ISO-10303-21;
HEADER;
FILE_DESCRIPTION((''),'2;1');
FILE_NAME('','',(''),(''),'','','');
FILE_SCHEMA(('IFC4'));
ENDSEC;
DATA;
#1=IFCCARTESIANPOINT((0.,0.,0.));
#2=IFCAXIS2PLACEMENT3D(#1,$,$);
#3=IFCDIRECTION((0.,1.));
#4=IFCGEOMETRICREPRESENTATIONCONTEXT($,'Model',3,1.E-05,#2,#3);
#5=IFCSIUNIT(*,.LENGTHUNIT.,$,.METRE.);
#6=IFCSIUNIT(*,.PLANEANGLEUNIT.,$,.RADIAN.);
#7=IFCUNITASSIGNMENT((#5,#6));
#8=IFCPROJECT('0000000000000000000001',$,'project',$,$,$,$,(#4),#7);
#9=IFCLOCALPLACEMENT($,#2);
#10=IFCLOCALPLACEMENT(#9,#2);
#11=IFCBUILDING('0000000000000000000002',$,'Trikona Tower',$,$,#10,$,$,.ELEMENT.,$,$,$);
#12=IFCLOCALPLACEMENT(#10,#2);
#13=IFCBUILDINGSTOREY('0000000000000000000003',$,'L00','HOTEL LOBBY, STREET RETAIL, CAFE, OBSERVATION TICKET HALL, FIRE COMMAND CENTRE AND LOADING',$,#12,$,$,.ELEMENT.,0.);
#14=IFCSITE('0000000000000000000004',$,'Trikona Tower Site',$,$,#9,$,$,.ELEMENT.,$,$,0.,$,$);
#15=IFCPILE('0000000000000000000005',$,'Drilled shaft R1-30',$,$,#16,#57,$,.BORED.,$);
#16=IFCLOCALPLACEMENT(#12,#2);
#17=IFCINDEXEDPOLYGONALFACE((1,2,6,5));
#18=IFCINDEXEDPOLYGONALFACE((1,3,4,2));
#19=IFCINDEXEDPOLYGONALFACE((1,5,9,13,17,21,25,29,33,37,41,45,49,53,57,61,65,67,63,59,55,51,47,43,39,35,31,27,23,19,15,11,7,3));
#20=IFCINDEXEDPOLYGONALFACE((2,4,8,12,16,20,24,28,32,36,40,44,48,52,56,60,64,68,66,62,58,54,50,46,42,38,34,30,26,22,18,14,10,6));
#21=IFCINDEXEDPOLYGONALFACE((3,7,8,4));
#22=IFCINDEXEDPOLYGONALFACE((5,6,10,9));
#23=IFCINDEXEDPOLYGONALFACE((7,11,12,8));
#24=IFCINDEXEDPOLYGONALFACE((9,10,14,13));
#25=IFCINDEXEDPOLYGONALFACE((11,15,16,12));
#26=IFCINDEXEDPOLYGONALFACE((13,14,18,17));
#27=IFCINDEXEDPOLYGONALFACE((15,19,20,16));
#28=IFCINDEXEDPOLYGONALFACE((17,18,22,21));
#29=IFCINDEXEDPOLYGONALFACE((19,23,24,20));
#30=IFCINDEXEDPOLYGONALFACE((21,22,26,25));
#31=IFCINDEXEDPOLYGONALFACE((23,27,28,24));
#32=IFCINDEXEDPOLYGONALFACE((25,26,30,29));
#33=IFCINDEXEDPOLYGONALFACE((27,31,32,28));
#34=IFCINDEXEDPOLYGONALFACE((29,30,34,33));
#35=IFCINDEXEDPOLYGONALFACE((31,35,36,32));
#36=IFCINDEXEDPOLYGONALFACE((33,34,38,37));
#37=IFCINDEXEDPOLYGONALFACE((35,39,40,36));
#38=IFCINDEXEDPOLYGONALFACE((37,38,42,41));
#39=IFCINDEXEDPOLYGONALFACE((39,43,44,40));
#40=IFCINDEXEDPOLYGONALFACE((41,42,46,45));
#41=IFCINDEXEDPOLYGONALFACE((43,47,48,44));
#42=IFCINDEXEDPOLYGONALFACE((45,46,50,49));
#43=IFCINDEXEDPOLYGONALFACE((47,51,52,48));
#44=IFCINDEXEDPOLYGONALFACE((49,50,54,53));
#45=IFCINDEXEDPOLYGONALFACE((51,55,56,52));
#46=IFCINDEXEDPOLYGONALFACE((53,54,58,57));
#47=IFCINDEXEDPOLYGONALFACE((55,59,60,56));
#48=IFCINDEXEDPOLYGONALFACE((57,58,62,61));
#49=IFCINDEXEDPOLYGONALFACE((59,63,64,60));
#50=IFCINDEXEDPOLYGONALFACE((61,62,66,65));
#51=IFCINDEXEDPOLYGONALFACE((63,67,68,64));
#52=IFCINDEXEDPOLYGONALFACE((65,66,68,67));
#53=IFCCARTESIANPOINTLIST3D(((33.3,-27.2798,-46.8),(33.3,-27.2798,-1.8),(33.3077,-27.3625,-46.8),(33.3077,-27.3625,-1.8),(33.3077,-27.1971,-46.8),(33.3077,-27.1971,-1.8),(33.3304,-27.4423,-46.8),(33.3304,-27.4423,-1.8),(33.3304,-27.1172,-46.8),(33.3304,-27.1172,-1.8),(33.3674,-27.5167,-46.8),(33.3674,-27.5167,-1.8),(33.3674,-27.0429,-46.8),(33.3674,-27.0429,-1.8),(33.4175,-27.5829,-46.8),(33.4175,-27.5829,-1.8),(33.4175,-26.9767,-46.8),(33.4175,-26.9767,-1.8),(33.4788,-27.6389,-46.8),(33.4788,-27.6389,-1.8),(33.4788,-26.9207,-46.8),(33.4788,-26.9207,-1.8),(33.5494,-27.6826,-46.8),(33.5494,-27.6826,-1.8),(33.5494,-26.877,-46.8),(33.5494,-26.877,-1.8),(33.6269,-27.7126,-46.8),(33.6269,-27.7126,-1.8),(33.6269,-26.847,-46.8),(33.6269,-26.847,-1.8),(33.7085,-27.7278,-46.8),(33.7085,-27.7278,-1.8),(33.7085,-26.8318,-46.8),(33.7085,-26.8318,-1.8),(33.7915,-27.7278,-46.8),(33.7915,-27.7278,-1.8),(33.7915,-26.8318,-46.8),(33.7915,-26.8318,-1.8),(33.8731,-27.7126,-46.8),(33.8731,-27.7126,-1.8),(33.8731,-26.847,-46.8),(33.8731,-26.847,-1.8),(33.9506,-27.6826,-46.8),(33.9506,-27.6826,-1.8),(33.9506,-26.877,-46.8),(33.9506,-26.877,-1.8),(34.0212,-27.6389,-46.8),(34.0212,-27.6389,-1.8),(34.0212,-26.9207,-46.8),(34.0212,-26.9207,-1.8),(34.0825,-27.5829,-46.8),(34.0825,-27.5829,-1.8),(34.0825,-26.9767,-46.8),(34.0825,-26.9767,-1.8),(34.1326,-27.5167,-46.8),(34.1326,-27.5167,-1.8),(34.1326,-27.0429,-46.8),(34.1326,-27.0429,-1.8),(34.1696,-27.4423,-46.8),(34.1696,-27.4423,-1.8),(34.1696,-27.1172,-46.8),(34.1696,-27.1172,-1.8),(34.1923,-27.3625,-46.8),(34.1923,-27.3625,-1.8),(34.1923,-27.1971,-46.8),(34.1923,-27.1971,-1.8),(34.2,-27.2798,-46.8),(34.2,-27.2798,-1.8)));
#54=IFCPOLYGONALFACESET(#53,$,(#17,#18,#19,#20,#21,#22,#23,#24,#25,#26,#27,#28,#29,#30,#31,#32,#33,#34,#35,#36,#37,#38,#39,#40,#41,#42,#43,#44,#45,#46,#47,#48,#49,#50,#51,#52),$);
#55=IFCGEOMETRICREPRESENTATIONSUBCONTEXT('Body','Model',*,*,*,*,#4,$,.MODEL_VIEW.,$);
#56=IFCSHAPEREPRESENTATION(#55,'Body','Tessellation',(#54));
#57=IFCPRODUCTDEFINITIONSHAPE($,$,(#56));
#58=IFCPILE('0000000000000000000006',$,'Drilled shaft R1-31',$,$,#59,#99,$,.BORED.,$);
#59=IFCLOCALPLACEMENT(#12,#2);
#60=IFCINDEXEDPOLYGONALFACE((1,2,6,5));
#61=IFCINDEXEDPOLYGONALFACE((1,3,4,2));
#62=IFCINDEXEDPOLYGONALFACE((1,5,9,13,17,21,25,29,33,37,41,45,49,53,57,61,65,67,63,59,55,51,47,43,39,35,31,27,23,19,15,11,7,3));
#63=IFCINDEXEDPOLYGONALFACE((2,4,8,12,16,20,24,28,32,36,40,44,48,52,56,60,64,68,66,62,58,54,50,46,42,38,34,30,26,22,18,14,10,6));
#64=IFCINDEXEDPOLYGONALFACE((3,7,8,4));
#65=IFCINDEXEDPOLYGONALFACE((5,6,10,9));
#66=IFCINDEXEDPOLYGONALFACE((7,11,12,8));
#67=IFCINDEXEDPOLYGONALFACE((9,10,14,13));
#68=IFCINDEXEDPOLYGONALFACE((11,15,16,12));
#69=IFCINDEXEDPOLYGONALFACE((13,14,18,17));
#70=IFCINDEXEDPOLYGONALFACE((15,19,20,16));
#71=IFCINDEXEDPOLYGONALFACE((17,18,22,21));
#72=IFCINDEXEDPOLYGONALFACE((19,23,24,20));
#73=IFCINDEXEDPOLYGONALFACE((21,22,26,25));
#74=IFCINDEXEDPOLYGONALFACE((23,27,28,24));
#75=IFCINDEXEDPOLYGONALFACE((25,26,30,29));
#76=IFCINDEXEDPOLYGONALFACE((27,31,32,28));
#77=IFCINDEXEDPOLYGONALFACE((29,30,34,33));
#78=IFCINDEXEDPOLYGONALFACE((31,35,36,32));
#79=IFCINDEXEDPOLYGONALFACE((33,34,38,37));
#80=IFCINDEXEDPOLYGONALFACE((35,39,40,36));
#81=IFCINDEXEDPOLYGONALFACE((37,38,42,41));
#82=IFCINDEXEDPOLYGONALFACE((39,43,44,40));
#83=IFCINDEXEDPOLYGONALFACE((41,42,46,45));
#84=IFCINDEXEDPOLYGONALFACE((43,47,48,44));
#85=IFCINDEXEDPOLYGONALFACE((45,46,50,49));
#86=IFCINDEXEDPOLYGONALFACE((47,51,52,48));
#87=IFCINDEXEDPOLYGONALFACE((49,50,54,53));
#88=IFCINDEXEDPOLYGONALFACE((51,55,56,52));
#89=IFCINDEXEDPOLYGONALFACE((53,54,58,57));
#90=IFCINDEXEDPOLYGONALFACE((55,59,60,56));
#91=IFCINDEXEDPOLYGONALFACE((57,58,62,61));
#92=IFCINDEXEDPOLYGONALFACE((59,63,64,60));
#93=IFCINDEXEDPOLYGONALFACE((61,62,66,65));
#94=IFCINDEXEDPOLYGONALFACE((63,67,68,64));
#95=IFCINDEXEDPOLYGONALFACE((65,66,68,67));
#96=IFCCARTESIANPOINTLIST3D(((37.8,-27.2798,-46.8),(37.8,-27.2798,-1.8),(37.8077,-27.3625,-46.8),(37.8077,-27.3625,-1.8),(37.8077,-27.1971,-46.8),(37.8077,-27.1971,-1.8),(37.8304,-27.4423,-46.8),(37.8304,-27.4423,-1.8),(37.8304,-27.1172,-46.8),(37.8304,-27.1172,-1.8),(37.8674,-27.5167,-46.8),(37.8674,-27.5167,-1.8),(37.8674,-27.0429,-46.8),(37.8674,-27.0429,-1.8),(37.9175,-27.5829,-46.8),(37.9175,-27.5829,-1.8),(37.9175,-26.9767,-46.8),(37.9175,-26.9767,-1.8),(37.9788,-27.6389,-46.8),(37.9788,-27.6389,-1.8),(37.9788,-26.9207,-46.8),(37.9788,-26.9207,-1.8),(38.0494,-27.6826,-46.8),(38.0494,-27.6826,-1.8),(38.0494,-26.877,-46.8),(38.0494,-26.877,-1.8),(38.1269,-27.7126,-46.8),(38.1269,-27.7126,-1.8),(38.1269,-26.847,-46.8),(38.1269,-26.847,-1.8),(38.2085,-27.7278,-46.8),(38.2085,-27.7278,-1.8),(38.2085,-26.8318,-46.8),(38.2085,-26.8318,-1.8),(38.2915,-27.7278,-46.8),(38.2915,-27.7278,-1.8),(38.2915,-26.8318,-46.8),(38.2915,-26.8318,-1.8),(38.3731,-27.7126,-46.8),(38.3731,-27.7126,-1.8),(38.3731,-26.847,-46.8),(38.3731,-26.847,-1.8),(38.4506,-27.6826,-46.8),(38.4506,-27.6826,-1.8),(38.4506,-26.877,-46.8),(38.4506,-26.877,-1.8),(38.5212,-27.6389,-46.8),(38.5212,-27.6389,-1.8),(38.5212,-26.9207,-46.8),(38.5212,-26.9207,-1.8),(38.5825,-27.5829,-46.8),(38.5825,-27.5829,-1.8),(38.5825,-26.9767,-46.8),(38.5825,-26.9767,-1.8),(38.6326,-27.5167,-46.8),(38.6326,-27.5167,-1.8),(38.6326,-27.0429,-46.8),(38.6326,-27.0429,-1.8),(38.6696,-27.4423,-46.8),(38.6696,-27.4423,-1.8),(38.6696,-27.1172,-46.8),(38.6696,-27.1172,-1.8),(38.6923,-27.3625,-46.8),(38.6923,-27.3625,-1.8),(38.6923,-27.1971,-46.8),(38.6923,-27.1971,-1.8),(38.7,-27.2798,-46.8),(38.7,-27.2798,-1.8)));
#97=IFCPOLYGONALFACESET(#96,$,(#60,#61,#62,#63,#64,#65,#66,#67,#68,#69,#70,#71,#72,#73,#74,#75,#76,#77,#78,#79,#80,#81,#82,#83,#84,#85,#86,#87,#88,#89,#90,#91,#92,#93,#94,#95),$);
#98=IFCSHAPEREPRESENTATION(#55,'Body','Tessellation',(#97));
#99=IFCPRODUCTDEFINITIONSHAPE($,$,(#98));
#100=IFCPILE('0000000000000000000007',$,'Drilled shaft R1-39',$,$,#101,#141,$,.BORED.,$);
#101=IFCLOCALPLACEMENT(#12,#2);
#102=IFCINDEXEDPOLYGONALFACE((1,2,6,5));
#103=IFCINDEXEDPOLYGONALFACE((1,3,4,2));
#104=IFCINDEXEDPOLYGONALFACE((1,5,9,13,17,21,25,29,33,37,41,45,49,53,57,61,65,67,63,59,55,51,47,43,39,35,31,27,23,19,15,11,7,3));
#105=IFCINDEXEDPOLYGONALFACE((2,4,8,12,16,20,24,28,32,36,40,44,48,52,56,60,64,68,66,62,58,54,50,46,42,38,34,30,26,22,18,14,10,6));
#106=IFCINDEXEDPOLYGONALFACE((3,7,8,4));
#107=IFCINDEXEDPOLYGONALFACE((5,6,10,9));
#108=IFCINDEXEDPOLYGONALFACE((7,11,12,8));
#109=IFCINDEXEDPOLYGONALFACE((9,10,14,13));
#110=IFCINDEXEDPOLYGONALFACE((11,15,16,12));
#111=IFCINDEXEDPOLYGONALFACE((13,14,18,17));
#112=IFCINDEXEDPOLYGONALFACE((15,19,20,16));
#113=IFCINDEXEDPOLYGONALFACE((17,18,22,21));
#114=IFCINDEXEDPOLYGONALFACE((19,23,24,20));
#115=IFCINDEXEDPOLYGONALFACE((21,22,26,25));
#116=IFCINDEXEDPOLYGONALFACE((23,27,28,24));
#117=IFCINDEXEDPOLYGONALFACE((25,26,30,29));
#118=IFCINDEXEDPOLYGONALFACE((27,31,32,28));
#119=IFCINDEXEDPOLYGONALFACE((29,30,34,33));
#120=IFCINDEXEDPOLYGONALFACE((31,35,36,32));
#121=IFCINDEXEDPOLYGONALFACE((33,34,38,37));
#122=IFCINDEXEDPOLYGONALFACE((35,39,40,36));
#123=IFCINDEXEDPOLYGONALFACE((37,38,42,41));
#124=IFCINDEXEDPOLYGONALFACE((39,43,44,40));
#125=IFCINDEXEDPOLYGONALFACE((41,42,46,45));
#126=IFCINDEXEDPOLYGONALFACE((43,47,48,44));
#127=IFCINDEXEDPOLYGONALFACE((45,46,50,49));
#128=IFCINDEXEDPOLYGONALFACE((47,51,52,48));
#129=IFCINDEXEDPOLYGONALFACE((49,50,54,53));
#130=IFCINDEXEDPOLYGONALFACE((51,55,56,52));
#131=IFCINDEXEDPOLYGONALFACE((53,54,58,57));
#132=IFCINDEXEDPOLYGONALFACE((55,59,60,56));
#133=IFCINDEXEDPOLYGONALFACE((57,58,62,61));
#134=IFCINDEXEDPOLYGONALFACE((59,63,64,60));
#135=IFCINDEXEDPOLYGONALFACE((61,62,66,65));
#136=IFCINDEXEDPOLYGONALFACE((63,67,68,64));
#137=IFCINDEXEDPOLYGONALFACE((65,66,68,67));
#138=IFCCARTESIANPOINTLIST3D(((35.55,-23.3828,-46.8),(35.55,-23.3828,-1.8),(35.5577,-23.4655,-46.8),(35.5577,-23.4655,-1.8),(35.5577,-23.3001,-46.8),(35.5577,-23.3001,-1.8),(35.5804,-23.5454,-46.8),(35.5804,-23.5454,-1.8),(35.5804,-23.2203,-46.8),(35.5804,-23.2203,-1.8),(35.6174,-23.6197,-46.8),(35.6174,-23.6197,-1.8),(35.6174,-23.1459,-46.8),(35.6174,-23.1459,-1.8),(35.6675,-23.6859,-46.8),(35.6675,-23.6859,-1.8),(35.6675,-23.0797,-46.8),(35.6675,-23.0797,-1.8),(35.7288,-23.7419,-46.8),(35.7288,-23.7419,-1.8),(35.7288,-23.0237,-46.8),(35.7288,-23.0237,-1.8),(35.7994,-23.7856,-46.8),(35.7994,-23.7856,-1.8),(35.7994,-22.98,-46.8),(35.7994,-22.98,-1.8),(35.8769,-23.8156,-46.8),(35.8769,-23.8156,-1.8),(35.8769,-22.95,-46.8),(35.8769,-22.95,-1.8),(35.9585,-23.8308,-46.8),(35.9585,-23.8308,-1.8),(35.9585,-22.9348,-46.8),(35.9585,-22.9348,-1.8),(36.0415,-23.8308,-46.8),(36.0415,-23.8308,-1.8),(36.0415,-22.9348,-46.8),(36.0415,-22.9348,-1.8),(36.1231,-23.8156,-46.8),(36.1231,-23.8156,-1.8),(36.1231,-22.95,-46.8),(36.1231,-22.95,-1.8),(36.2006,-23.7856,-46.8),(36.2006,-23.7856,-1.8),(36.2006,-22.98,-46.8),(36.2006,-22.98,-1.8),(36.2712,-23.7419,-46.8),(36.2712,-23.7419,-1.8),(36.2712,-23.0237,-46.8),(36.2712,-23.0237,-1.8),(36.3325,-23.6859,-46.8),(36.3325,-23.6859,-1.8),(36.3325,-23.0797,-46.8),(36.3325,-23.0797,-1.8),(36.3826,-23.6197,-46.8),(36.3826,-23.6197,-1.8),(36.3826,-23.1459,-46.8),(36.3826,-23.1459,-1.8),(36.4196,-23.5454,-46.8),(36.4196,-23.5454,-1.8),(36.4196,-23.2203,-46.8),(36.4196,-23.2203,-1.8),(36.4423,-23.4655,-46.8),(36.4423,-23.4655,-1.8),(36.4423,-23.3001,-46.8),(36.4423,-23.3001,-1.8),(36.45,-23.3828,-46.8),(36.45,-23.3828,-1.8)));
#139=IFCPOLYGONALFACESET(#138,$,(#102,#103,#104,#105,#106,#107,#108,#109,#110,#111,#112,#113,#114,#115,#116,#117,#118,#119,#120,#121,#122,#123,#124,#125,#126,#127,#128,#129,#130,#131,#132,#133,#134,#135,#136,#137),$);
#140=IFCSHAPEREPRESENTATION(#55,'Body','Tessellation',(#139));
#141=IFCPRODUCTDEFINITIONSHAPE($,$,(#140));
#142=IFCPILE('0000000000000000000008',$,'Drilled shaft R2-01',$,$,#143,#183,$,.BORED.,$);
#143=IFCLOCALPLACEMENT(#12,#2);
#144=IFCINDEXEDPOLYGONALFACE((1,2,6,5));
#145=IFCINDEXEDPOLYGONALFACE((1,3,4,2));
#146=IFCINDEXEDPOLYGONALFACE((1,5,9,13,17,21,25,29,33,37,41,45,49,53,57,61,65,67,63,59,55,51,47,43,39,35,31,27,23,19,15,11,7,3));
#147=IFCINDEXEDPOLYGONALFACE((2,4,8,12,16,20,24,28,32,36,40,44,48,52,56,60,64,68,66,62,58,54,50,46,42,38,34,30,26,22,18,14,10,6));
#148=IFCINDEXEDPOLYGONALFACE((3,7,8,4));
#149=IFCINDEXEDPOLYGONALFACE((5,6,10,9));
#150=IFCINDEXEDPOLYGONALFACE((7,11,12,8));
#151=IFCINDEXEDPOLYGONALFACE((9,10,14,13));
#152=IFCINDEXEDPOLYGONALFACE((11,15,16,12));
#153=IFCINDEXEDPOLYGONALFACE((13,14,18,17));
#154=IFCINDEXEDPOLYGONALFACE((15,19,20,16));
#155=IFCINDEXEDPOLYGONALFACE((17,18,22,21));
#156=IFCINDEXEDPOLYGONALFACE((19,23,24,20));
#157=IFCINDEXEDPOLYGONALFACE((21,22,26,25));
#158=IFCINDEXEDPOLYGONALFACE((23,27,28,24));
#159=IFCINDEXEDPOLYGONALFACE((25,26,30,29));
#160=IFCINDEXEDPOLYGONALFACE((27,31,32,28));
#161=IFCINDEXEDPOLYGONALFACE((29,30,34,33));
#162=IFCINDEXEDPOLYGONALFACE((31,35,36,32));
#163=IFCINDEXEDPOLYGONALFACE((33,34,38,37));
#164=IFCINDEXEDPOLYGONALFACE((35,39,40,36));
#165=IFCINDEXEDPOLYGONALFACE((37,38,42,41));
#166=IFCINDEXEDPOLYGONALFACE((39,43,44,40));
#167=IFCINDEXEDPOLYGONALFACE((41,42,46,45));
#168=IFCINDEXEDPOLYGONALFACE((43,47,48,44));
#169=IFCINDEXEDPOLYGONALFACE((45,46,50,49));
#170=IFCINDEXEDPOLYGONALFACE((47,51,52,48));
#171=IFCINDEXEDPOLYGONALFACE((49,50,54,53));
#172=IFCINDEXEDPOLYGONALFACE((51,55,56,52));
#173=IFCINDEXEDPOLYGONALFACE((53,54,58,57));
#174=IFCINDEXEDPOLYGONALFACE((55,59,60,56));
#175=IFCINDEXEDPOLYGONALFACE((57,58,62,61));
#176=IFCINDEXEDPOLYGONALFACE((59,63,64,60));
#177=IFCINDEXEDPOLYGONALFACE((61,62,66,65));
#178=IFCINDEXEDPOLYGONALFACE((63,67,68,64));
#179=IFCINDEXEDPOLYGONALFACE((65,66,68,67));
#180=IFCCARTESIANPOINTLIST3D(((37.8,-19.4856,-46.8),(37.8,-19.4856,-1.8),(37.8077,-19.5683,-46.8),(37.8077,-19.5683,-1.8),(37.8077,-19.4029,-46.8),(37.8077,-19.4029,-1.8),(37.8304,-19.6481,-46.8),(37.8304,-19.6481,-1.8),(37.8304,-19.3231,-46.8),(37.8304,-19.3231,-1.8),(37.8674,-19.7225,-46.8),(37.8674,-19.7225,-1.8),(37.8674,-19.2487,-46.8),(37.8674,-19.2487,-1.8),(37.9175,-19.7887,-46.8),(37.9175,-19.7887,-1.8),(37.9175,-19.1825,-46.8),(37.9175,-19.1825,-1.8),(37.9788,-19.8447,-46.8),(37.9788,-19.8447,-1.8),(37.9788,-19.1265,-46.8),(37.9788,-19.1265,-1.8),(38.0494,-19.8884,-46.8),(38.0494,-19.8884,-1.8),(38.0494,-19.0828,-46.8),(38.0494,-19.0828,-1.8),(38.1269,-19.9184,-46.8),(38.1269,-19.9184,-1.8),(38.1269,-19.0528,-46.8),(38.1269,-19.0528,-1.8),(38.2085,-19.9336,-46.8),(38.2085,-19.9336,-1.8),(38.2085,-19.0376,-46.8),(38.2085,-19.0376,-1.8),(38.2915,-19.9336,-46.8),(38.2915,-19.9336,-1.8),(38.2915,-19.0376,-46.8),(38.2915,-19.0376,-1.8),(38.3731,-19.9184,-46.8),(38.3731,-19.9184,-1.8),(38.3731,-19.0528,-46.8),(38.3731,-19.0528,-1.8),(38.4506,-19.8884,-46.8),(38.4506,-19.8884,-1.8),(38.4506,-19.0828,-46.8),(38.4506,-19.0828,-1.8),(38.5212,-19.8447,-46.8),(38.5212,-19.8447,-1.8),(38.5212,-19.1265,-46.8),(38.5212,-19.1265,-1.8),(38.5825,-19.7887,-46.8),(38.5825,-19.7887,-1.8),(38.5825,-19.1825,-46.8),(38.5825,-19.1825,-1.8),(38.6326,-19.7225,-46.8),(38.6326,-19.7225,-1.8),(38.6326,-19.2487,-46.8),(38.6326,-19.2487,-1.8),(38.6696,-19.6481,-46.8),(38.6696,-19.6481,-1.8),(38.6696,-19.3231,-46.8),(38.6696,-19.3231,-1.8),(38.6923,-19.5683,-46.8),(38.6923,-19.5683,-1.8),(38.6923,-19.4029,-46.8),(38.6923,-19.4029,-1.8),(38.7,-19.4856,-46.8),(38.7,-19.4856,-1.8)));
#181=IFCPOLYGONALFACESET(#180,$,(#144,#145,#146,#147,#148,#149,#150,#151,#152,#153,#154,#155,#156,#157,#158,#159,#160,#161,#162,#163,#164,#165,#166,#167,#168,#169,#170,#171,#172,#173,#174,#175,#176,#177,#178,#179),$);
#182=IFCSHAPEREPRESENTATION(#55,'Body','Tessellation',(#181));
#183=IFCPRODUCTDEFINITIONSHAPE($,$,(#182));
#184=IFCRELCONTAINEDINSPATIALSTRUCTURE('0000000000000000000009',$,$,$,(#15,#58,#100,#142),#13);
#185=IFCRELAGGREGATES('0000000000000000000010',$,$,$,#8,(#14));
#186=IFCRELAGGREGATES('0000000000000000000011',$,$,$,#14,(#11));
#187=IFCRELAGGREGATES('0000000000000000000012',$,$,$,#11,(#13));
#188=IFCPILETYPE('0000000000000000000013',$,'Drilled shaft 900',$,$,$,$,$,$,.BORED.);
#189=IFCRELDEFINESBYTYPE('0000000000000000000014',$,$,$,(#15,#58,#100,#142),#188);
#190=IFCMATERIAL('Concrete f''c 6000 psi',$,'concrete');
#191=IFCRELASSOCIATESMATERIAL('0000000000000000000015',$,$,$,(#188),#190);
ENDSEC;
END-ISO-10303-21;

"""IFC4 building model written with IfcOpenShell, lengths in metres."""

from ifc_helpers import new_model, si_unit, direction, frame, origin, origin_2d, place, context, subcontext, project, spatial, circle, extrude, material, type_object, element, save


model = new_model("IFC4")

# Units and contexts
model_context = context("Model", 3, precision=1e-05, world=origin(), true_north=direction((0.0, 1.0)))
body_context = subcontext(model_context, "Body", "Model", "MODEL_VIEW")
ifc_project = project(units=[si_unit("LENGTHUNIT", "METRE"), si_unit("PLANEANGLEUNIT", "RADIAN")], contexts=[model_context])

# Site, building, storey
site_placement = place(None, origin())
site = spatial("IfcSite", under=ifc_project, at=site_placement, Name="Trikona Tower Site", CompositionType="ELEMENT", RefElevation=0.0)
building_placement = place(site_placement, origin())
building = spatial("IfcBuilding", under=site, at=building_placement, Name="Trikona Tower", CompositionType="ELEMENT")
storey_placement = place(building_placement, origin())
storey = spatial("IfcBuildingStorey", under=building, at=storey_placement, Name="L00", Description="HOTEL LOBBY, STREET RETAIL, CAFE, OBSERVATION TICKET HALL, FIRE COMMAND CENTRE AND LOADING", CompositionType="ELEMENT", Elevation=0.0)

# Piles
ifc_material_1 = material(Name="Concrete f'c 6000 psi", Category="concrete")
pile_type = type_object("IfcPileType", Name="Drilled shaft 900", PredefinedType="BORED", material=ifc_material_1)
for number, where, z_axis, x_axis, name in (
    (1, (33.75, -27.2798, -1.8), (0.0, 0.0, -1.0), (1.0, 0.0, 0.0), "Drilled shaft R1-30"),
    (2, (38.25, -27.2798, -1.8), (0.0, 0.0, -1.0), (1.0, 0.0, 0.0), "Drilled shaft R1-31"),
    (3, (36.0, -23.3828, -1.8), (0.0, 0.0, -1.0), (1.0, 0.0, 0.0), "Drilled shaft R1-39"),
    (4, (38.25, -19.4856, -1.8), (0.0, 0.0, -1.0), (1.0, 0.0, 0.0), "Drilled shaft R2-01"),
):
    element("IfcPile", number, at=place(storey_placement, frame(where, z_axis=z_axis, x_axis=x_axis)), inside=storey, type_object=pile_type, Name=name, PredefinedType="BORED", context=body_context, shape_type="SweptSolid", body=[
        extrude(circle(Radius=0.45, at=origin_2d()), origin(), (0.0, 0.0, 1.0), 45.0),
    ])

save(model, "model.ifc")
